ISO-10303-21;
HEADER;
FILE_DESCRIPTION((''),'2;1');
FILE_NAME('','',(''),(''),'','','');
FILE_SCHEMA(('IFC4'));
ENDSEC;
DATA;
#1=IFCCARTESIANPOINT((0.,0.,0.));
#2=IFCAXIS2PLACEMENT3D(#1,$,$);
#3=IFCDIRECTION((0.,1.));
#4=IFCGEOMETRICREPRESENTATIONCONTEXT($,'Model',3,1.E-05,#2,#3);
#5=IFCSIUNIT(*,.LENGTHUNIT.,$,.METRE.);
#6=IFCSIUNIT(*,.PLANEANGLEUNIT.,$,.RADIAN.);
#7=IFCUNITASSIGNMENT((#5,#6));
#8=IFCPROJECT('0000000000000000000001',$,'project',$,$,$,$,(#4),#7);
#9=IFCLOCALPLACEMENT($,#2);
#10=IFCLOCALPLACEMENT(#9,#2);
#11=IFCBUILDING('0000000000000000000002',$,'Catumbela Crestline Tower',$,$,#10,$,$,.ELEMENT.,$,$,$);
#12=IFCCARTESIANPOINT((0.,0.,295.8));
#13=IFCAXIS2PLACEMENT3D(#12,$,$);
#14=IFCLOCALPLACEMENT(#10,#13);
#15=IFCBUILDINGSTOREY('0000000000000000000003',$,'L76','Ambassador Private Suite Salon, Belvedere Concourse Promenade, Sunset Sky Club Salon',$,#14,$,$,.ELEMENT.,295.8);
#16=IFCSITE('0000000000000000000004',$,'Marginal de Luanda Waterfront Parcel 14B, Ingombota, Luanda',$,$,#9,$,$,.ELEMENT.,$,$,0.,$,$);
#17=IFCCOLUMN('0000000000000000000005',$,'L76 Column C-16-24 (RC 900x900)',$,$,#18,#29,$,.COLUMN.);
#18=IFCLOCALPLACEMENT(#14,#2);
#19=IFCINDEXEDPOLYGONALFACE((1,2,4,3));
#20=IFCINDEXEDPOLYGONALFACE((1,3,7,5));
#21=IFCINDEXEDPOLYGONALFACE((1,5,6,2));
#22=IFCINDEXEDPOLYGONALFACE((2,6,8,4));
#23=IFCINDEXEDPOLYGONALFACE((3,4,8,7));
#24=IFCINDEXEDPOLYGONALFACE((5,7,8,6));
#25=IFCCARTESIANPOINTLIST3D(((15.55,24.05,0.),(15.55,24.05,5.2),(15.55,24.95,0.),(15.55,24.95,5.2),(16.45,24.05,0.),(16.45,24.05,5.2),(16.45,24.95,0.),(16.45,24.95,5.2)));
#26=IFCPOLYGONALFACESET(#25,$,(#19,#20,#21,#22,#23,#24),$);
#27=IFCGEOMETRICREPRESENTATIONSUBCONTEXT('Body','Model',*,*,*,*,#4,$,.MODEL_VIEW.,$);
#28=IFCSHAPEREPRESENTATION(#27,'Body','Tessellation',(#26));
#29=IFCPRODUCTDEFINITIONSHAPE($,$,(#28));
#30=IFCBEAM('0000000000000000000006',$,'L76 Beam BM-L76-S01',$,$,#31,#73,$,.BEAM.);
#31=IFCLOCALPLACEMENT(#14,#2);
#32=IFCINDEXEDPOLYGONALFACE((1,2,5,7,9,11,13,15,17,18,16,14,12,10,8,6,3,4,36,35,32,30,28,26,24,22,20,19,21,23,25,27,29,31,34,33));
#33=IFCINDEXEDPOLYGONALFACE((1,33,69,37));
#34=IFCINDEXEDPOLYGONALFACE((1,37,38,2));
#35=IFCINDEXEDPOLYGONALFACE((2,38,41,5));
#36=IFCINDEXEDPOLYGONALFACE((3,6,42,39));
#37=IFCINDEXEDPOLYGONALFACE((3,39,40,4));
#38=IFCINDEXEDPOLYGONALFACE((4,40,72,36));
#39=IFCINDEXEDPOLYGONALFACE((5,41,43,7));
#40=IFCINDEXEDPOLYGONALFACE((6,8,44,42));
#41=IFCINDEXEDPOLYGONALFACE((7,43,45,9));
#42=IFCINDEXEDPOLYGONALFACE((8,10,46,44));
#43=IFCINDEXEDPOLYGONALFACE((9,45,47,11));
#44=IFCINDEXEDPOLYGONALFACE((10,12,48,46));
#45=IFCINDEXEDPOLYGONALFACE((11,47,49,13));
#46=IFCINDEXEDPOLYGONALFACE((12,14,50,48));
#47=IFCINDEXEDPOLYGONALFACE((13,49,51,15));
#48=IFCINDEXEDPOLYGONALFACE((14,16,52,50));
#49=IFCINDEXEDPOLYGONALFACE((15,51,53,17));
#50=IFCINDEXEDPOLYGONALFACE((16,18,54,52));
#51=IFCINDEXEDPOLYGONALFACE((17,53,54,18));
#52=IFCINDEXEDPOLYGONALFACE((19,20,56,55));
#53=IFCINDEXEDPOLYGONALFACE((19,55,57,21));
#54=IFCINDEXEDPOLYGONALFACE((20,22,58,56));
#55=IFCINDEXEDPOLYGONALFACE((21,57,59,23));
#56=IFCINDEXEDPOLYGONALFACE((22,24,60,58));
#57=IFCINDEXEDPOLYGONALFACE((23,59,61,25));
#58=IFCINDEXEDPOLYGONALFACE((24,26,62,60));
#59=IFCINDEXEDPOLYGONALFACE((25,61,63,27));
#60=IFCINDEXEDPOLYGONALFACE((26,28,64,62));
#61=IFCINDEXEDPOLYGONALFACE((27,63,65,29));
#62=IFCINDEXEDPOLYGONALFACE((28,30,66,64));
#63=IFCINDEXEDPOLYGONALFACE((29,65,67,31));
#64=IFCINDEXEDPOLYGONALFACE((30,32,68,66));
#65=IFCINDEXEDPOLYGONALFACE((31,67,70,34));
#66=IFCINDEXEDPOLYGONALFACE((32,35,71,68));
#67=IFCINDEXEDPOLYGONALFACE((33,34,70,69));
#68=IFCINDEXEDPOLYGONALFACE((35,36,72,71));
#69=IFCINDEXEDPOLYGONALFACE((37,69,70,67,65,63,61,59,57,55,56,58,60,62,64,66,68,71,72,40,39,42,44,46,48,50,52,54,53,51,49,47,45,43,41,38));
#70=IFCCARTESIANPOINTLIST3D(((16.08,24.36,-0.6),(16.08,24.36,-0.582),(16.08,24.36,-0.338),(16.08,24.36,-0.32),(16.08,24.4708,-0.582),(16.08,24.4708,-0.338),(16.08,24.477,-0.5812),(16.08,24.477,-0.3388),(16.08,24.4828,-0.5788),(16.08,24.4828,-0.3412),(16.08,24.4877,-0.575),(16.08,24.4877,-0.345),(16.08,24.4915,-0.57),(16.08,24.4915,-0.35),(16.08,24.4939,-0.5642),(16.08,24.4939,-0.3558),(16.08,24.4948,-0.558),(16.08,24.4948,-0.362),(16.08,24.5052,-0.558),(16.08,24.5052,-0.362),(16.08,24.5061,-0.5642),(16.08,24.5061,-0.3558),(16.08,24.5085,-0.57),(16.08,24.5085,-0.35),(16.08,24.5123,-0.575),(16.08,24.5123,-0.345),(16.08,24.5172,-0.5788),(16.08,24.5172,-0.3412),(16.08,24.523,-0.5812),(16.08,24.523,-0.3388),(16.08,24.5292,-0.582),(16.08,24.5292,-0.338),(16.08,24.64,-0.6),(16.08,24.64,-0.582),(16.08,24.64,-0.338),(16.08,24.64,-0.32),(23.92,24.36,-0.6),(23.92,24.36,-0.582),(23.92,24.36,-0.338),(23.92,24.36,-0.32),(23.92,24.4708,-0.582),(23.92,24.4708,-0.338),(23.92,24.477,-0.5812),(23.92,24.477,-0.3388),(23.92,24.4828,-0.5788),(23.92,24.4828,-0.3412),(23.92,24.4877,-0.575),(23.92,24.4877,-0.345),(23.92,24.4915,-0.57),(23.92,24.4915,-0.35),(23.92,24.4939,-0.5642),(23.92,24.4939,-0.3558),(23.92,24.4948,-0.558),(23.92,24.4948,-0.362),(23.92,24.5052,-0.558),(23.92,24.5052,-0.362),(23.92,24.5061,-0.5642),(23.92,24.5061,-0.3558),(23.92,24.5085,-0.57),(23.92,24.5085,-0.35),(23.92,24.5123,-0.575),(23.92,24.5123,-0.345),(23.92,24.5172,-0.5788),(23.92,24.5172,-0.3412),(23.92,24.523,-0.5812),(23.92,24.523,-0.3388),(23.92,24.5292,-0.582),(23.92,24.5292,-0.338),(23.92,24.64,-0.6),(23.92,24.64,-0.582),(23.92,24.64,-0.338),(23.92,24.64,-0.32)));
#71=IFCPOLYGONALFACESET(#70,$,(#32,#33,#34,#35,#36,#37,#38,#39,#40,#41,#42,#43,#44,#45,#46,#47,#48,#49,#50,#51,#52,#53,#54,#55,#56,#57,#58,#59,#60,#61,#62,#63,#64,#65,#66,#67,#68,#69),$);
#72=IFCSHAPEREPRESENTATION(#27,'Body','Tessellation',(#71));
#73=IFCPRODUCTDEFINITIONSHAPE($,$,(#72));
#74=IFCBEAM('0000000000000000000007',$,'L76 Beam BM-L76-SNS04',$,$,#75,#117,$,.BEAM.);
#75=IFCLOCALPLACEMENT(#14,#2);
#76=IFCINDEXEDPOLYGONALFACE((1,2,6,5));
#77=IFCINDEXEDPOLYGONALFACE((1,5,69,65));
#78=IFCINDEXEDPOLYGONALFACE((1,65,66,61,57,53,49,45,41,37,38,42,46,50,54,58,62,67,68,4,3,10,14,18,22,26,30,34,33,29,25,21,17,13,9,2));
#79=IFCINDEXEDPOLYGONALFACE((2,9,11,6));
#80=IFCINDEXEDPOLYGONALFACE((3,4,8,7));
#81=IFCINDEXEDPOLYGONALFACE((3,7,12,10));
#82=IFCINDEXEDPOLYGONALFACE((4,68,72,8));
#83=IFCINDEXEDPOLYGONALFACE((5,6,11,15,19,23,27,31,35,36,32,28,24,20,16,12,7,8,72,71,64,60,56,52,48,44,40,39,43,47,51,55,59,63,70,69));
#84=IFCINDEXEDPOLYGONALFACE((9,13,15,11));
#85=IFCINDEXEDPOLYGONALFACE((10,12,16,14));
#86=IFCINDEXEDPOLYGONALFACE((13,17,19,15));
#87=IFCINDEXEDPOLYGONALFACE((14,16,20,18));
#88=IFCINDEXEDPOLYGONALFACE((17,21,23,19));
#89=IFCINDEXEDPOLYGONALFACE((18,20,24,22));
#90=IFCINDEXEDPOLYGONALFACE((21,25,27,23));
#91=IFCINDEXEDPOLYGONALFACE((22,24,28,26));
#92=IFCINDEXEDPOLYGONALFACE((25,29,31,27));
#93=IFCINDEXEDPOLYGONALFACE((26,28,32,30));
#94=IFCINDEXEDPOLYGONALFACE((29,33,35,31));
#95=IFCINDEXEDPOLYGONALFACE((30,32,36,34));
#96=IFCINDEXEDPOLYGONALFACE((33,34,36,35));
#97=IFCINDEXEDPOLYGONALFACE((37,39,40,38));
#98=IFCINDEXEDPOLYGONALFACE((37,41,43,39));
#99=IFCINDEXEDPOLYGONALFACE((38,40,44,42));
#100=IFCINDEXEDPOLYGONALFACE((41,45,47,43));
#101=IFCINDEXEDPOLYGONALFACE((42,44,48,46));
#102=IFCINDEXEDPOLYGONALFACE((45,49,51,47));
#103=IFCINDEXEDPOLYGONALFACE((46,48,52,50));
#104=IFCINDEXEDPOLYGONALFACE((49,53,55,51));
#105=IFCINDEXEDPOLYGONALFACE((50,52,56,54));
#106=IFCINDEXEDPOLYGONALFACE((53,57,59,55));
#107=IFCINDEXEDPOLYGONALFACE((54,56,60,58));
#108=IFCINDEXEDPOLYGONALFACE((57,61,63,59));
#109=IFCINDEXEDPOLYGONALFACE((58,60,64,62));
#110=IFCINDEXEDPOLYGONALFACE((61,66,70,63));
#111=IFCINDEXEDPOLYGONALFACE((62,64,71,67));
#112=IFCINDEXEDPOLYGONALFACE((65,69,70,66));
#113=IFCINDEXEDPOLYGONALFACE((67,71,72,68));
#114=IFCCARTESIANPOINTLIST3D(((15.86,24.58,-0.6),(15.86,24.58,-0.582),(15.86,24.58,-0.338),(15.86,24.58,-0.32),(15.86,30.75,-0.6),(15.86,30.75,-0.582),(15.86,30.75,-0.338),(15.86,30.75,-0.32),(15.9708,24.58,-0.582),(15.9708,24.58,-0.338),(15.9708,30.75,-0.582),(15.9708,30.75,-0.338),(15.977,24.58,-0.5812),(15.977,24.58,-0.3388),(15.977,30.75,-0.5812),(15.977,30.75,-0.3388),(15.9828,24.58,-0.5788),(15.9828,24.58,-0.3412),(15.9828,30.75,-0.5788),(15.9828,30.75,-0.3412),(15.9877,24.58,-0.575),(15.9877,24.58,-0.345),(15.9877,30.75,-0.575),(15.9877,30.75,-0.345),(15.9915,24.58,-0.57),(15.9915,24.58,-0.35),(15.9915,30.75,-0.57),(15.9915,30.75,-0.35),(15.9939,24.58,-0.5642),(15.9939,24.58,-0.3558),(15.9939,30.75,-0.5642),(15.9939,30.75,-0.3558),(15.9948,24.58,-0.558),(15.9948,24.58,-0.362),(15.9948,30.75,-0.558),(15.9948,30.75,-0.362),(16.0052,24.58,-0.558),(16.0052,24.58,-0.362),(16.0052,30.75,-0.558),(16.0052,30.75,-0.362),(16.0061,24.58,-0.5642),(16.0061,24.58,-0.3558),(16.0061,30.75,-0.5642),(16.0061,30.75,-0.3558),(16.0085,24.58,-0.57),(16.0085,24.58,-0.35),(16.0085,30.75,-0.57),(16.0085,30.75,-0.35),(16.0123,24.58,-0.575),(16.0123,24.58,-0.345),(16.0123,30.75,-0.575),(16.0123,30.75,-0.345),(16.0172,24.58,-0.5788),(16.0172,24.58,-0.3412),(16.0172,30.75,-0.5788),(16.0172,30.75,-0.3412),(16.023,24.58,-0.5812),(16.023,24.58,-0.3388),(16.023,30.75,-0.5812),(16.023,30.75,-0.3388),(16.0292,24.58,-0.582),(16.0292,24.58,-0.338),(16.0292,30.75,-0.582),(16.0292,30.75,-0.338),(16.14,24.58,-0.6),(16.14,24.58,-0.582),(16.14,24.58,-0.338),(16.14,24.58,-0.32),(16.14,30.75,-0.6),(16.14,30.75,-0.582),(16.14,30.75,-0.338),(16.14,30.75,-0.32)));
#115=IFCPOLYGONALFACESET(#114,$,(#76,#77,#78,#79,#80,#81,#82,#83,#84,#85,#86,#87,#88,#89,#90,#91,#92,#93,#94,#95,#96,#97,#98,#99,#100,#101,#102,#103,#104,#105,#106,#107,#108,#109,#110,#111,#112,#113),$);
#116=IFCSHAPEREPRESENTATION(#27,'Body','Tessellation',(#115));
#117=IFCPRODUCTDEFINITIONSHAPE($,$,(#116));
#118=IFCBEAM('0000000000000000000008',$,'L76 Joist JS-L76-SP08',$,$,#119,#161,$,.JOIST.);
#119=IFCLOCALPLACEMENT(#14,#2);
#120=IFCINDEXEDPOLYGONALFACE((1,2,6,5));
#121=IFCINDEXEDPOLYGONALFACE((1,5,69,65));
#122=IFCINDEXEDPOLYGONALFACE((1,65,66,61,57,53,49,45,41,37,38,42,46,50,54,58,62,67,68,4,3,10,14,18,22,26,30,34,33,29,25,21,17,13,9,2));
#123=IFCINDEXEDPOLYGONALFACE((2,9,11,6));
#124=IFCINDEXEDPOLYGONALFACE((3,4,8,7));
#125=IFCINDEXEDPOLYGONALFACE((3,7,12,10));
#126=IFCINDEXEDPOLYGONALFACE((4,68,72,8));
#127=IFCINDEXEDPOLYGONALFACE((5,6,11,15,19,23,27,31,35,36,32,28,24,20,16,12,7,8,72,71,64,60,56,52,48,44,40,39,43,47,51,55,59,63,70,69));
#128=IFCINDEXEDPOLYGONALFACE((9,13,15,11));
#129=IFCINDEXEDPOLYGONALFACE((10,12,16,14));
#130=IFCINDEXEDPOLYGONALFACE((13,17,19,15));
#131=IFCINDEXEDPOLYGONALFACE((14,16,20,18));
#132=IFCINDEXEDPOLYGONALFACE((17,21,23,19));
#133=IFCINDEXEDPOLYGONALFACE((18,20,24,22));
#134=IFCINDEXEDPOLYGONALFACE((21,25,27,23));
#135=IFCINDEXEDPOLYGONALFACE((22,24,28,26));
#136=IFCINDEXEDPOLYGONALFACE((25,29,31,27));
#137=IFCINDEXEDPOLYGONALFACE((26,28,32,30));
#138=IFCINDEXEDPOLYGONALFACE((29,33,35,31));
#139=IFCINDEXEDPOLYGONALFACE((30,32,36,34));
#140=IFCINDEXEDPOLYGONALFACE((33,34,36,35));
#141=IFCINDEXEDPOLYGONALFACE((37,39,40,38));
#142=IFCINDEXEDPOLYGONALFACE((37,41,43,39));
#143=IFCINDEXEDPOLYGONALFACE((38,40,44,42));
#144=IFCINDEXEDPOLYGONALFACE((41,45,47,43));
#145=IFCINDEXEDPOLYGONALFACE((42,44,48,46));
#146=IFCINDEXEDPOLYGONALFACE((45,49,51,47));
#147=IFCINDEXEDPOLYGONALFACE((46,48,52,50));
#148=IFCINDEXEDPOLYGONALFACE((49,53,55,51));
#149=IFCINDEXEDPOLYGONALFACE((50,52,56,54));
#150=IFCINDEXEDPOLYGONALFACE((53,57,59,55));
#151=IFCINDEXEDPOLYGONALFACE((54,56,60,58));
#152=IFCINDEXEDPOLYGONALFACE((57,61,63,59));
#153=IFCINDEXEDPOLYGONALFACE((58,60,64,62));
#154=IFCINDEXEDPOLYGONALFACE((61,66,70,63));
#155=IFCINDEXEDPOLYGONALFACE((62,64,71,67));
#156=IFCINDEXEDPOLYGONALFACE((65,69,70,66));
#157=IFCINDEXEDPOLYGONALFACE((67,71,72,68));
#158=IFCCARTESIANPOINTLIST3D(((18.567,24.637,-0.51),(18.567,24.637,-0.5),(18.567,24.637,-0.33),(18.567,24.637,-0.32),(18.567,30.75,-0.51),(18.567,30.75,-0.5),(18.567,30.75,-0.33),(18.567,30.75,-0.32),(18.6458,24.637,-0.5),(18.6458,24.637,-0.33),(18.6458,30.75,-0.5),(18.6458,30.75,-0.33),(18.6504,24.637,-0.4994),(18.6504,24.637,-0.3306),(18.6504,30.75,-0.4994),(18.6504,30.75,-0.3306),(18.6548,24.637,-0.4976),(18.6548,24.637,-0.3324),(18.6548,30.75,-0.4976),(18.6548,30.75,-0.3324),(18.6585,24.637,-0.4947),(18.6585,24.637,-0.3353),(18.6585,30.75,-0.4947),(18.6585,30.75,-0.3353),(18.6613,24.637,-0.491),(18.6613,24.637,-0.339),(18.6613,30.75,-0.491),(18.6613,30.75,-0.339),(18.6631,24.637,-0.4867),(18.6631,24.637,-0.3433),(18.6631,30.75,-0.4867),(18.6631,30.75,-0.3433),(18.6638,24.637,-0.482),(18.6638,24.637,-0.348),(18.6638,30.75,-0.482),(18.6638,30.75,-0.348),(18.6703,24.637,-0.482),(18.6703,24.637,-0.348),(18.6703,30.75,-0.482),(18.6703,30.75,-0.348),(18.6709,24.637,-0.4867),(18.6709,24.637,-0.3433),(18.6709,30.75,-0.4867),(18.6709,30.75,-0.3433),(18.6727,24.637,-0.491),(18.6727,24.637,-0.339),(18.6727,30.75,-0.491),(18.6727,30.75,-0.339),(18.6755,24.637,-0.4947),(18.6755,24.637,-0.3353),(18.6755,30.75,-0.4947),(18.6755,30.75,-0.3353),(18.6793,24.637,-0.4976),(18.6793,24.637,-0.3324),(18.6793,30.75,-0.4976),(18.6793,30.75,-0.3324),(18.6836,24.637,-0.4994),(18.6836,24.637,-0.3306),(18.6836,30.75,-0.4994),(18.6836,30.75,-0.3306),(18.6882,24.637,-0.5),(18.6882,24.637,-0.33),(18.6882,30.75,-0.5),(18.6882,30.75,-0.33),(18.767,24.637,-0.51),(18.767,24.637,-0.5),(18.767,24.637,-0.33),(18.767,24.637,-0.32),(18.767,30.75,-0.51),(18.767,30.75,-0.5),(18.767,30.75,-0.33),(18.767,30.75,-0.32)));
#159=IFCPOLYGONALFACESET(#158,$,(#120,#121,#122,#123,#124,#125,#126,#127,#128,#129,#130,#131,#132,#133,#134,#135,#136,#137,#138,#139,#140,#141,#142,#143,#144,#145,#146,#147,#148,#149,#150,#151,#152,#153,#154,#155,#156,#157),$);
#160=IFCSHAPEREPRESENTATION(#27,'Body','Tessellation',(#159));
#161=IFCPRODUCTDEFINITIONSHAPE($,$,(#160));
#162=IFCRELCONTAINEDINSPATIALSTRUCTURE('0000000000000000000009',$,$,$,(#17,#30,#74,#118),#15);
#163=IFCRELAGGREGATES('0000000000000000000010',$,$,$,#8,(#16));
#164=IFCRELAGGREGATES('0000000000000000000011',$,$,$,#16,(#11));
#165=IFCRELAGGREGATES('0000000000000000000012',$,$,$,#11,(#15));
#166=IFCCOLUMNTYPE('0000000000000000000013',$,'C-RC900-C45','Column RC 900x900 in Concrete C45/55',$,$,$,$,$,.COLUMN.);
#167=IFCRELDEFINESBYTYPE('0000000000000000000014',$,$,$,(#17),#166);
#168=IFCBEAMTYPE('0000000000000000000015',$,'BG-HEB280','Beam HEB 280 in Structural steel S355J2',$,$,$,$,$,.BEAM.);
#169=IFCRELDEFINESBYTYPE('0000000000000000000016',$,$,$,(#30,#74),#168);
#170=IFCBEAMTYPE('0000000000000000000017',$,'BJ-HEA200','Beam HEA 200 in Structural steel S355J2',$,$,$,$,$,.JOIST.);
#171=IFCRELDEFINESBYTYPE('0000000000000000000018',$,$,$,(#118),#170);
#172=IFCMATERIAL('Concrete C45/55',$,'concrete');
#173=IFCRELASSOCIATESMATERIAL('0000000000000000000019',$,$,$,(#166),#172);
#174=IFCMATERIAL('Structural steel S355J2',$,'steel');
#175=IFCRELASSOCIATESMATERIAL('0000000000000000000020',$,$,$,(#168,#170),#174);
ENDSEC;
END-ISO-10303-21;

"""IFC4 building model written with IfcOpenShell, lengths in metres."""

from ifc_helpers import new_model, si_unit, direction, frame, origin, origin_2d, place, context, subcontext, project, spatial, rectangle, i_section, extrude, material, material_profile, profile_set, type_object, element, save


model = new_model("IFC4")

# Units and contexts
model_context = context("Model", 3, precision=1e-05, world=origin(), true_north=direction((0.0, 1.0)))
body_context = subcontext(model_context, "Body", "Model", "MODEL_VIEW")
ifc_project = project(units=[si_unit("LENGTHUNIT", "METRE"), si_unit("PLANEANGLEUNIT", "RADIAN")], contexts=[model_context])

# Site, building, storey
site_placement = place(None, origin())
site = spatial("IfcSite", under=ifc_project, at=site_placement, Name="Marginal de Luanda Waterfront Parcel 14B, Ingombota, Luanda", CompositionType="ELEMENT", RefElevation=0.0)
building_placement = place(site_placement, origin())
building = spatial("IfcBuilding", under=site, at=building_placement, Name="Catumbela Crestline Tower", CompositionType="ELEMENT")
storey_placement = place(building_placement, frame((0.0, 0.0, 295.8)))
storey = spatial("IfcBuildingStorey", under=building, at=storey_placement, Name="L76", Description="Ambassador Private Suite Salon, Belvedere Concourse Promenade, Sunset Sky Club Salon", CompositionType="ELEMENT", Elevation=295.8)

# Column
ifc_material_1 = material(Name="Concrete C45/55", Category="concrete")
ifc_material_profile_1 = material_profile(ifc_material_1, rectangle(XDim=0.9, YDim=0.9, at=origin_2d()), Name="RC 900x900")
ifc_profile_set_1 = profile_set([ifc_material_profile_1], Name="Concrete C45/55")
column_type = type_object("IfcColumnType", Name="C-RC900-C45", Description="Column RC 900x900 in Concrete C45/55", PredefinedType="COLUMN", material=ifc_profile_set_1)
column_placement = place(storey_placement, frame((16.0, 24.5, 0.0), z_axis=(0.0, 0.0, 1.0), x_axis=(1.0, 0.0, 0.0)))
element("IfcColumn", 1, at=column_placement, inside=storey, type_object=column_type, Name="L76 Column C-16-24 (RC 900x900)", PredefinedType="COLUMN", context=body_context, shape_type="SweptSolid", body=[
    extrude(rectangle(XDim=0.9, YDim=0.9, at=origin_2d()), origin(), (0.0, 0.0, 1.0), 5.2),
])

# Beams
ifc_material_2 = material(Name="Structural steel S355J2", Category="steel")
ifc_material_profile_2 = material_profile(ifc_material_2, i_section(OverallWidth=0.28, OverallDepth=0.28, WebThickness=0.0105, FlangeThickness=0.018, FilletRadius=0.024, at=origin_2d()), Name="HEB 280")
ifc_profile_set_2 = profile_set([ifc_material_profile_2], Name="Structural steel S355J2")
beam_type_1 = type_object("IfcBeamType", Name="BG-HEB280", Description="Beam HEB 280 in Structural steel S355J2", PredefinedType="BEAM", material=ifc_profile_set_2)
beam_1_placement = place(storey_placement, frame((16.08, 24.5, -0.46), z_axis=(1.0, 0.0, 0.0), x_axis=(0.0, 1.0, 0.0)))
element("IfcBeam", 2, at=beam_1_placement, inside=storey, type_object=beam_type_1, Name="L76 Beam BM-L76-S01", PredefinedType="BEAM", context=body_context, shape_type="SweptSolid", body=[
    extrude(i_section(OverallWidth=0.28, OverallDepth=0.28, WebThickness=0.0105, FlangeThickness=0.018, FilletRadius=0.024, at=origin_2d()), origin(), (0.0, 0.0, 1.0), 7.84),
])
beam_2_placement = place(storey_placement, frame((16.0, 24.58, -0.46), z_axis=(0.0, 1.0, 0.0), x_axis=(-1.0, 0.0, 0.0)))
element("IfcBeam", 3, at=beam_2_placement, inside=storey, type_object=beam_type_1, Name="L76 Beam BM-L76-SNS04", PredefinedType="BEAM", context=body_context, shape_type="SweptSolid", body=[
    extrude(i_section(OverallWidth=0.28, OverallDepth=0.28, WebThickness=0.0105, FlangeThickness=0.018, FilletRadius=0.024, at=origin_2d()), origin(), (0.0, 0.0, 1.0), 6.17),
])
ifc_material_profile_3 = material_profile(ifc_material_2, i_section(OverallWidth=0.2, OverallDepth=0.19, WebThickness=0.0065, FlangeThickness=0.01, FilletRadius=0.018, at=origin_2d()), Name="HEA 200")
ifc_profile_set_3 = profile_set([ifc_material_profile_3], Name="Structural steel S355J2")
beam_type_2 = type_object("IfcBeamType", Name="BJ-HEA200", Description="Beam HEA 200 in Structural steel S355J2", PredefinedType="JOIST", material=ifc_profile_set_3)
for number, where, z_axis, x_axis, name in (
    (4, (18.667, 24.637, -0.415), (0.0, 1.0, 0.0), (-1.0, 0.0, 0.0), "L76 Joist JS-L76-SP08"),
):
    element("IfcBeam", number, at=place(storey_placement, frame(where, z_axis=z_axis, x_axis=x_axis)), inside=storey, type_object=beam_type_2, Name=name, PredefinedType="JOIST", context=body_context, shape_type="SweptSolid", body=[
        extrude(i_section(OverallWidth=0.2, OverallDepth=0.19, WebThickness=0.0065, FlangeThickness=0.01, FilletRadius=0.018, at=origin_2d()), origin(), (0.0, 0.0, 1.0), 6.113),
    ])

save(model, "model.ifc")
